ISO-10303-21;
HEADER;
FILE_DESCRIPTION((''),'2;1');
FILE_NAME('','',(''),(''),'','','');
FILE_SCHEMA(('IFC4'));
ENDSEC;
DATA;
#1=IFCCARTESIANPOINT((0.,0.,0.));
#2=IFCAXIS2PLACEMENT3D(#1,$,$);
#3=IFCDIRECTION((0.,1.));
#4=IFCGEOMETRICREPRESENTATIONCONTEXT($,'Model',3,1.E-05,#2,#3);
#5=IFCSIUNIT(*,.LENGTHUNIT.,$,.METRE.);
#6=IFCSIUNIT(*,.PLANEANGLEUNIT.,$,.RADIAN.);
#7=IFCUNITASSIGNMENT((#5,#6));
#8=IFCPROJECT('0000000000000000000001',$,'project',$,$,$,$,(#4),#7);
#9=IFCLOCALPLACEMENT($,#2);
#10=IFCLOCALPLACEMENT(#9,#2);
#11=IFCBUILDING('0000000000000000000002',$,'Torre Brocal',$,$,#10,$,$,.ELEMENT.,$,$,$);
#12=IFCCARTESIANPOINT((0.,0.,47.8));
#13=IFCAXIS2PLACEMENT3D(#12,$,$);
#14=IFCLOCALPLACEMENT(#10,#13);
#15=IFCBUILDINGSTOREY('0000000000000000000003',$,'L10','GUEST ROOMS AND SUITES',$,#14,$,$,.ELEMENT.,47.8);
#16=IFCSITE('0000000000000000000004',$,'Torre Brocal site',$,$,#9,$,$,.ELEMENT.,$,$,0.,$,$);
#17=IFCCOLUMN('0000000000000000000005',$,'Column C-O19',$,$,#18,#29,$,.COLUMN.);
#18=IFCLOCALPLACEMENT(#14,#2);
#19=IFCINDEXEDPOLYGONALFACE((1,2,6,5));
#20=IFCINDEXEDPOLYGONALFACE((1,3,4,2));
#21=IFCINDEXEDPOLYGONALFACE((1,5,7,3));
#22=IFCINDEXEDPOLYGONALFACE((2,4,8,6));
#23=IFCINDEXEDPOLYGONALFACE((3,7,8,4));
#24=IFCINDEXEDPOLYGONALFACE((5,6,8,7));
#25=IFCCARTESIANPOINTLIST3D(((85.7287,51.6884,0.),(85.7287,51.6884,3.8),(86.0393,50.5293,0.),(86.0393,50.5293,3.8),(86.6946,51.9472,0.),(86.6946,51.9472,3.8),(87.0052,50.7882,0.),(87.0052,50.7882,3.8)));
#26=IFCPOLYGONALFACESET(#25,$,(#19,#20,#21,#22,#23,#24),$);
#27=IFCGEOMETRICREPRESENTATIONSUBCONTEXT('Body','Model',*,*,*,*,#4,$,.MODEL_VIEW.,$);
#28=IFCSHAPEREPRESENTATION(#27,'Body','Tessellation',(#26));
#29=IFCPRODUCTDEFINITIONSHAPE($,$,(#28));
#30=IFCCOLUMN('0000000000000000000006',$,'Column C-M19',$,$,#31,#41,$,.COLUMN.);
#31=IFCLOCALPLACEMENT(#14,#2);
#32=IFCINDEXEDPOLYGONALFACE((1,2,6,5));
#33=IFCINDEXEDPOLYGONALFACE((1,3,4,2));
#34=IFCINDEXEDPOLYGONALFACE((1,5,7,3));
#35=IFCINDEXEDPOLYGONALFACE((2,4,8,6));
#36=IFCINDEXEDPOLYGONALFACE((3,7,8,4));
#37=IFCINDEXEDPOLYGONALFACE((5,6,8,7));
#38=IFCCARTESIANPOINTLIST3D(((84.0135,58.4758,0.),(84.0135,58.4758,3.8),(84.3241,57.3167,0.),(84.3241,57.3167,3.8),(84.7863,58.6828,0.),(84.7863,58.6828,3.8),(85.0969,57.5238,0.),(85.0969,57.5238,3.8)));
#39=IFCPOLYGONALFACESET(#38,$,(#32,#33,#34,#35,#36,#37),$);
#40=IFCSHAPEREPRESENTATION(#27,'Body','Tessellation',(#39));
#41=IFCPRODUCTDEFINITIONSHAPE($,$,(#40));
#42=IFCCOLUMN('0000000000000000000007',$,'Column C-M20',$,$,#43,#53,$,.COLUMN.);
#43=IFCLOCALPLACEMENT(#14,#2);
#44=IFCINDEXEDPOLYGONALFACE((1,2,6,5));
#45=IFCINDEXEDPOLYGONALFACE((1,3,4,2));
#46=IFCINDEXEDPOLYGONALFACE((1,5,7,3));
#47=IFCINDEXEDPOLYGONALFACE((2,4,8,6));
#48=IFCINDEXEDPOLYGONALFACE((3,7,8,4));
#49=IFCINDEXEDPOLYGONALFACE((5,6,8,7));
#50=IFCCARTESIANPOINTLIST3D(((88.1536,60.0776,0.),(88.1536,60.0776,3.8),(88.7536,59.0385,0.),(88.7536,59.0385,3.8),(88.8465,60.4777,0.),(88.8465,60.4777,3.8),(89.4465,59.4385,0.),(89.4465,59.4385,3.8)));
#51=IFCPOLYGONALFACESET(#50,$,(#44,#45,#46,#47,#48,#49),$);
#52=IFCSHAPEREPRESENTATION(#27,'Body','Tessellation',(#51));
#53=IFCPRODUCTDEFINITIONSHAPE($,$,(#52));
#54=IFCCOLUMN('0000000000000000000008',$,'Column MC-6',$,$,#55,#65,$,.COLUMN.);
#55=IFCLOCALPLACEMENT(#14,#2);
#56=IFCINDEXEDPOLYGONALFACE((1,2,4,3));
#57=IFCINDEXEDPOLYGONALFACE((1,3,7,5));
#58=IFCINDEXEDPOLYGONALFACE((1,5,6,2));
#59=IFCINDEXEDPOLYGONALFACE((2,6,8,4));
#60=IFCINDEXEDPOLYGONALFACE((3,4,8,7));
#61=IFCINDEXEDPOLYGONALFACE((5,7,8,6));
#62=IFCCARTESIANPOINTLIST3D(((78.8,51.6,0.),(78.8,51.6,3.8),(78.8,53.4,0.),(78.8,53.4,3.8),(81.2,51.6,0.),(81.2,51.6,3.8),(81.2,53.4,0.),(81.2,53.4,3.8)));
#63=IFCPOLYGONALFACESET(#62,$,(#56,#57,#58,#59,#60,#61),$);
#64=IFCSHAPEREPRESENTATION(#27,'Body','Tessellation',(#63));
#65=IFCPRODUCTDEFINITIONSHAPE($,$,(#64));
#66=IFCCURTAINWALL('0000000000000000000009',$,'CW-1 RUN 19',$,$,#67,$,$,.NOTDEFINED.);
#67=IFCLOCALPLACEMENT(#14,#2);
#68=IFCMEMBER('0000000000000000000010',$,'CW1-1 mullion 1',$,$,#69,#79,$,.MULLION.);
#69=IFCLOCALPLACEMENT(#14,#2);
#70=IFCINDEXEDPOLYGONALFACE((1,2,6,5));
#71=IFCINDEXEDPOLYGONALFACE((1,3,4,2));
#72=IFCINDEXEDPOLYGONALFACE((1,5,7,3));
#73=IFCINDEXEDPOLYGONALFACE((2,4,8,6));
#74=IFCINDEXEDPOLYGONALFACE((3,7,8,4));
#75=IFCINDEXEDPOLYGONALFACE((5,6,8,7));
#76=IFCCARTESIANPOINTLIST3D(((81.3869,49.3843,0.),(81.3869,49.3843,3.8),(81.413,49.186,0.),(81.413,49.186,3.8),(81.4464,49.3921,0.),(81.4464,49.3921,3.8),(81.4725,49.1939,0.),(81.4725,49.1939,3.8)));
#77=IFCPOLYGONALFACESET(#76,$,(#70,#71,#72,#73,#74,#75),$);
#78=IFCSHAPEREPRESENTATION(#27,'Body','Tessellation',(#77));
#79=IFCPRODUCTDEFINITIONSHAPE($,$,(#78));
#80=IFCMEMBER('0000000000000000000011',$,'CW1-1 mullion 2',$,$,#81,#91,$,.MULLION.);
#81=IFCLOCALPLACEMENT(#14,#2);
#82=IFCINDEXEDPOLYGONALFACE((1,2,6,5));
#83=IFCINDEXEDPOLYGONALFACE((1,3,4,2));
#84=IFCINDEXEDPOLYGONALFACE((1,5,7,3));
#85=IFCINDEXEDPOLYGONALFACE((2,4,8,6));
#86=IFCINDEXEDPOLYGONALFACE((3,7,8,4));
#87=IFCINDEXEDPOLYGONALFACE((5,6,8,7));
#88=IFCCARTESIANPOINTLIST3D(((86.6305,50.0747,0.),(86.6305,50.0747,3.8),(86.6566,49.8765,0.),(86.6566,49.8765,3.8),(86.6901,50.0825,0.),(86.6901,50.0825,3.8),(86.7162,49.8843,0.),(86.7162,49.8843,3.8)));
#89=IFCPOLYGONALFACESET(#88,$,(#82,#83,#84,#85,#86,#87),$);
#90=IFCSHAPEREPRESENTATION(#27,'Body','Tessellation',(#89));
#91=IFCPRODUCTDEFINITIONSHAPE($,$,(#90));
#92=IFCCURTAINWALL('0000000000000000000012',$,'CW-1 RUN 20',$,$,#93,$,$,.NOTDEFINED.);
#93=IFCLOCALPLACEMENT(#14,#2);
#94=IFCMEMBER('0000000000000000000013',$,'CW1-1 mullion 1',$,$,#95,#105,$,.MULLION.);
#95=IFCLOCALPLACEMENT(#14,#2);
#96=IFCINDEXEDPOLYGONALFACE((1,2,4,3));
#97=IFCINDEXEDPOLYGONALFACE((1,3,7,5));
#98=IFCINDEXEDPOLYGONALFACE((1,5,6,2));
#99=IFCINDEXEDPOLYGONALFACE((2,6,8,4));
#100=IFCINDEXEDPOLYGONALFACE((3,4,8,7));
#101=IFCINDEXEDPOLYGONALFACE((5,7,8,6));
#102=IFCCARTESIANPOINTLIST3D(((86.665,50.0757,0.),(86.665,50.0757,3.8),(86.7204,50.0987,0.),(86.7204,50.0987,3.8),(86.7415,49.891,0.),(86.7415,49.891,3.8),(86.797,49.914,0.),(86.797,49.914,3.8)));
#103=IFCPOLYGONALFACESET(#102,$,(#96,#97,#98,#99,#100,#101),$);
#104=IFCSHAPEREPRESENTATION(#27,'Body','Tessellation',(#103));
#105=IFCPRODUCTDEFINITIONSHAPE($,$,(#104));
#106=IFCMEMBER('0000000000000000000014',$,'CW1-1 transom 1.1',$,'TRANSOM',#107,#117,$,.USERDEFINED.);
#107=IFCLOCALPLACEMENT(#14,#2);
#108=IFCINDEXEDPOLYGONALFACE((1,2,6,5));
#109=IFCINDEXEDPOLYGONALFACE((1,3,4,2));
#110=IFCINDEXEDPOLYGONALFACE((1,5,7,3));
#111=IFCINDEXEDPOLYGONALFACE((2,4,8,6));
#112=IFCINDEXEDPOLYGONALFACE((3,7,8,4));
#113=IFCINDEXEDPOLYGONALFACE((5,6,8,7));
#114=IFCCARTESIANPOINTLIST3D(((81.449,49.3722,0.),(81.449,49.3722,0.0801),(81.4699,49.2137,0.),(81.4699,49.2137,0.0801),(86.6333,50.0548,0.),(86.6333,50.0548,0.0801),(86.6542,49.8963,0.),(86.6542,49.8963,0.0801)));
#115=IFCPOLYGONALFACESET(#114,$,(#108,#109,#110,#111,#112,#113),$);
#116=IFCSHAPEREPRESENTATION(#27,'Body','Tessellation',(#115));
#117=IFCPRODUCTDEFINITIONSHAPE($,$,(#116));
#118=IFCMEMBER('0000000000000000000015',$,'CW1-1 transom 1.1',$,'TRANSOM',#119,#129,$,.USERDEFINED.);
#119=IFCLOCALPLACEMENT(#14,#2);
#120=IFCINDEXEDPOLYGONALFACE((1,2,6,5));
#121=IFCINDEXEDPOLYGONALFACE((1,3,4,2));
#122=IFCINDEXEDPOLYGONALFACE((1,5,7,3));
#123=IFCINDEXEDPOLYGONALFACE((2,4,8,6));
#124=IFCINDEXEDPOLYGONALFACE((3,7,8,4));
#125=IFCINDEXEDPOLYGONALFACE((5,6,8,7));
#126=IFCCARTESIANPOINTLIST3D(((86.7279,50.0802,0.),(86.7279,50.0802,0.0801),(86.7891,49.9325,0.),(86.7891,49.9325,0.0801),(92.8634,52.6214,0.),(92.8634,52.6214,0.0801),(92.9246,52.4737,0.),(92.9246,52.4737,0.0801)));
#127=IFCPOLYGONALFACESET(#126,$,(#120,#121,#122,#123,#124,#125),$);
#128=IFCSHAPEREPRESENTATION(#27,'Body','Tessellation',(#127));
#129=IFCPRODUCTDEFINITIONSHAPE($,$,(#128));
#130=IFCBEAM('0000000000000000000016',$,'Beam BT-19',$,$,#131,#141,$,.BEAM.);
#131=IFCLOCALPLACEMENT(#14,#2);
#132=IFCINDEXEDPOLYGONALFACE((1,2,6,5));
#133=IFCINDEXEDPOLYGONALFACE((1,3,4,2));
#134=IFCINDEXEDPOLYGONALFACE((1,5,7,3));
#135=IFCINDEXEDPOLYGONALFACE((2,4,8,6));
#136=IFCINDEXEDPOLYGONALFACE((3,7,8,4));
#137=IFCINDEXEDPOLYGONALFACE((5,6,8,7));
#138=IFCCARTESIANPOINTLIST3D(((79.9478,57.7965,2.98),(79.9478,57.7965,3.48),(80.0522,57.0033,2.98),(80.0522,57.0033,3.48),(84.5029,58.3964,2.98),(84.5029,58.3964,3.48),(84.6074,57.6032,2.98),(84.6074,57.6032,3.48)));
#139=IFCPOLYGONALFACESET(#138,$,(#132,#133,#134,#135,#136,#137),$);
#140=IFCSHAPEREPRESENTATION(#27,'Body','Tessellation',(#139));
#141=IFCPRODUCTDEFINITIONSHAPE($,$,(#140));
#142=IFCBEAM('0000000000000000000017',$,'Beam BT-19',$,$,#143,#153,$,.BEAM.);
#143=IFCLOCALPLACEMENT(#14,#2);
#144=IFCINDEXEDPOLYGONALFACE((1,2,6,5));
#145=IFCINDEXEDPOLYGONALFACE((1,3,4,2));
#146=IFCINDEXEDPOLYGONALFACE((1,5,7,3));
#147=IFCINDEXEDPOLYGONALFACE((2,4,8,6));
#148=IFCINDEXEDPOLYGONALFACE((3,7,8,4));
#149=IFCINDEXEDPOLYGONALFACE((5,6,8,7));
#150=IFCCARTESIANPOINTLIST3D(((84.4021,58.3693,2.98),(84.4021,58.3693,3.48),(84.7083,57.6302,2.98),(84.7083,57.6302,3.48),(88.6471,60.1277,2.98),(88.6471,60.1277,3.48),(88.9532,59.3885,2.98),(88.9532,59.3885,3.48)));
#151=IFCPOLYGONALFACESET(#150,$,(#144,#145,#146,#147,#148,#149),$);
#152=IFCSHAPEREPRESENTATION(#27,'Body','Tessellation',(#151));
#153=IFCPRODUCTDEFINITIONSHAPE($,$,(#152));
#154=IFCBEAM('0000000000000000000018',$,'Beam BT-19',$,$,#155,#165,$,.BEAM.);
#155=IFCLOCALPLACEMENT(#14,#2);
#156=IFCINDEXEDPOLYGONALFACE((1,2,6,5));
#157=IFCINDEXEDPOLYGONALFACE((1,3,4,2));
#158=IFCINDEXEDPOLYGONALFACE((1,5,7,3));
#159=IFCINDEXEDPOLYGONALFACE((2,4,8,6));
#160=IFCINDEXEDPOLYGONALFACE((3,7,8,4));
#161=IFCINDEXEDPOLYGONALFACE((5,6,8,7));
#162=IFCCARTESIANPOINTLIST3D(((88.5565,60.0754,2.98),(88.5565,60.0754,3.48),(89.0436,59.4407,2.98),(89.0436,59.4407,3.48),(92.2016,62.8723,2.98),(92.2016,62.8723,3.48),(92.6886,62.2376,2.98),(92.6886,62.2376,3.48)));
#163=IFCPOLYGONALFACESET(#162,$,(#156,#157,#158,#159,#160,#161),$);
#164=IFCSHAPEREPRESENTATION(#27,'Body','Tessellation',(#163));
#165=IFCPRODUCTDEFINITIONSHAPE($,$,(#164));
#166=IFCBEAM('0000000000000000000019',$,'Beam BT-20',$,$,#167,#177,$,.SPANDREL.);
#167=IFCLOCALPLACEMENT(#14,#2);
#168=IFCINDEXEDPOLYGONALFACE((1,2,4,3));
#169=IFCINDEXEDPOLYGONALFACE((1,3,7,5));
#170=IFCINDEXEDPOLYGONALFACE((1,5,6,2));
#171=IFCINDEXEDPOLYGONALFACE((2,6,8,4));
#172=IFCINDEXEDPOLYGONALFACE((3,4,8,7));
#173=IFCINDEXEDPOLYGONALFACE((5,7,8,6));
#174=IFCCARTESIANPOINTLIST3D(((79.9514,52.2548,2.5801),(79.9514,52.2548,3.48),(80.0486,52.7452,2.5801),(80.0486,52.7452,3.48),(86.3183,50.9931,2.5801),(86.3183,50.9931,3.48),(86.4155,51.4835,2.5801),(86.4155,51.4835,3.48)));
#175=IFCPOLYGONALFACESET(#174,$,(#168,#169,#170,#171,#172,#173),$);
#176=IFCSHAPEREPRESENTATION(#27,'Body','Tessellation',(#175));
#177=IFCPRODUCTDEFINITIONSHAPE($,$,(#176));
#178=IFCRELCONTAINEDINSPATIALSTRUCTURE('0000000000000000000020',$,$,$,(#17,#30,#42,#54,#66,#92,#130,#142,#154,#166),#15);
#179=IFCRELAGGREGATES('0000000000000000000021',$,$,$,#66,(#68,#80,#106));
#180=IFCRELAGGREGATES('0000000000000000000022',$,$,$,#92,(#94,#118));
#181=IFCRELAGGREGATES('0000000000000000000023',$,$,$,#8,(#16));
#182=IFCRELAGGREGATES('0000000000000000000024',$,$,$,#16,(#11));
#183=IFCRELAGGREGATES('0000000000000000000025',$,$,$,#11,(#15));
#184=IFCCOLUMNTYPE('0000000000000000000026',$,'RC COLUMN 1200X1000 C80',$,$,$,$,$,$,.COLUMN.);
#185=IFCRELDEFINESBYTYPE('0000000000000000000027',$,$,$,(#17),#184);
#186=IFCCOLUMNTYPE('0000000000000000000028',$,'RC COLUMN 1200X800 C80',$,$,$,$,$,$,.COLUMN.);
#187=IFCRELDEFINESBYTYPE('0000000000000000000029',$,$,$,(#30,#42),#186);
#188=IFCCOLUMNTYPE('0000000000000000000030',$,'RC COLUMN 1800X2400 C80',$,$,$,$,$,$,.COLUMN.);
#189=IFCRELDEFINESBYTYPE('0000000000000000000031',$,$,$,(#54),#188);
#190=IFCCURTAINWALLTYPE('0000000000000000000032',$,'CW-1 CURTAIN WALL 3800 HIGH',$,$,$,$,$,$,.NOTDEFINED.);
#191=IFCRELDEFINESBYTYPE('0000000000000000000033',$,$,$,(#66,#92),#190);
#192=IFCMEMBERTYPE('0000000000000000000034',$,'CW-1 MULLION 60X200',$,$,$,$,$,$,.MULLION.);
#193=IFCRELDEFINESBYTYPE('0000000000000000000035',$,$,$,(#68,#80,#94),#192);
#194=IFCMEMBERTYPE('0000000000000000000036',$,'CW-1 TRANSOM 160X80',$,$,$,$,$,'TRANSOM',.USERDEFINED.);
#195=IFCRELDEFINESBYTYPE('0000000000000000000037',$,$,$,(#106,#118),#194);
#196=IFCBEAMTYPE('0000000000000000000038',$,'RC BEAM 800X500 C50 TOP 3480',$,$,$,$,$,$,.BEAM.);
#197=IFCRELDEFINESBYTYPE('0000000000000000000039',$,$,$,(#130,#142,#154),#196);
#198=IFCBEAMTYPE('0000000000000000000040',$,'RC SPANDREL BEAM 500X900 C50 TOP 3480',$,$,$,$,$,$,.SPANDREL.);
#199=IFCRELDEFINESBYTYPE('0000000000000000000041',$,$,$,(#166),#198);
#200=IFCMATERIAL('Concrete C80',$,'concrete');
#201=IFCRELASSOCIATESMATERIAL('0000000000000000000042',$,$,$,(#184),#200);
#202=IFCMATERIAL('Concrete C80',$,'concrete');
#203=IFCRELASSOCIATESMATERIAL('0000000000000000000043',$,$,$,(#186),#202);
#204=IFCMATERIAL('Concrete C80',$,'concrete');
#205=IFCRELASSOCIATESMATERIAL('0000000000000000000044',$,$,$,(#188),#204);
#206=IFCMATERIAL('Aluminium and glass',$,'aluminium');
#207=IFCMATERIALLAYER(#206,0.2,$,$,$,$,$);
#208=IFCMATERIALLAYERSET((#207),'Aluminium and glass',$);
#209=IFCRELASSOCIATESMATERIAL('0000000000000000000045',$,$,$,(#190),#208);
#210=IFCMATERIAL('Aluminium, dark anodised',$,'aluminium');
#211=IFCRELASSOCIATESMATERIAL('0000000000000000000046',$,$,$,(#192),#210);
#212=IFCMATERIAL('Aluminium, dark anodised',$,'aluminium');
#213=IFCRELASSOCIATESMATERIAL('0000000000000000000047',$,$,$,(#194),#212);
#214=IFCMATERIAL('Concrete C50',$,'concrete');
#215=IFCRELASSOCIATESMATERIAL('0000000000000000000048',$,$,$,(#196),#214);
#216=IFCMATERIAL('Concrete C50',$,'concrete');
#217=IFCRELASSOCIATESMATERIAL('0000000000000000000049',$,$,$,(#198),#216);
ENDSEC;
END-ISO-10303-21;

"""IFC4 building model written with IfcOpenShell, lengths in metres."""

from ifc_helpers import new_model, si_unit, direction, frame, origin, origin_2d, place, context, subcontext, project, spatial, rectangle, extrude, material, layer, layer_set, material_profile, profile_set, type_object, element, aggregate, save


model = new_model("IFC4")

# Units and contexts
model_context = context("Model", 3, precision=1e-05, world=origin(), true_north=direction((0.0, 1.0)))
body_context = subcontext(model_context, "Body", "Model", "MODEL_VIEW")
ifc_project = project(units=[si_unit("LENGTHUNIT", "METRE"), si_unit("PLANEANGLEUNIT", "RADIAN")], contexts=[model_context])

# Site, building, storey
site_placement = place(None, origin())
site = spatial("IfcSite", under=ifc_project, at=site_placement, Name="Torre Brocal site", CompositionType="ELEMENT", RefElevation=0.0)
building_placement = place(site_placement, origin())
building = spatial("IfcBuilding", under=site, at=building_placement, Name="Torre Brocal", CompositionType="ELEMENT")
storey_placement = place(building_placement, frame((0.0, 0.0, 47.8)))
storey = spatial("IfcBuildingStorey", under=building, at=storey_placement, Name="L10", Description="GUEST ROOMS AND SUITES", CompositionType="ELEMENT", Elevation=47.8)

# Columns
ifc_material_1 = material(Name="Concrete C80", Category="concrete")
ifc_material_profile_1 = material_profile(ifc_material_1, rectangle(XDim=1.2, YDim=1.0, at=origin_2d()), Name="RC 1200X1000")
ifc_profile_set_1 = profile_set([ifc_material_profile_1], Name="Concrete C80")
column_type_1 = type_object("IfcColumnType", Name="RC COLUMN 1200X1000 C80", PredefinedType="COLUMN", material=ifc_profile_set_1)
column_1_placement = place(storey_placement, frame((86.3669, 51.2383, 0.0), z_axis=(0.0, 0.0, 1.0), x_axis=(0.258819, -0.965926, 0.0)))
element("IfcColumn", 1, at=column_1_placement, inside=storey, type_object=column_type_1, Name="Column C-O19", PredefinedType="COLUMN", context=body_context, shape_type="SweptSolid", body=[
    extrude(rectangle(XDim=1.2, YDim=1.0, at=origin_2d()), origin(), (0.0, 0.0, 1.0), 3.8),
])
ifc_material_2 = material(Name="Concrete C80", Category="concrete")
ifc_material_profile_2 = material_profile(ifc_material_2, rectangle(XDim=1.2, YDim=0.8, at=origin_2d()), Name="RC 1200X800")
ifc_profile_set_2 = profile_set([ifc_material_profile_2], Name="Concrete C80")
column_type_2 = type_object("IfcColumnType", Name="RC COLUMN 1200X800 C80", PredefinedType="COLUMN", material=ifc_profile_set_2)
for number, where, z_axis, x_axis, name in (
    (2, (84.5552, 57.9998, 0.0), (0.0, 0.0, 1.0), (0.258819, -0.965926, 0.0), "Column C-M19"),
    (3, (88.8, 59.7581, 0.0), (0.0, 0.0, 1.0), (0.5, -0.866025, 0.0), "Column C-M20"),
):
    element("IfcColumn", number, at=place(storey_placement, frame(where, z_axis=z_axis, x_axis=x_axis)), inside=storey, type_object=column_type_2, Name=name, PredefinedType="COLUMN", context=body_context, shape_type="SweptSolid", body=[
        extrude(rectangle(XDim=1.2, YDim=0.8, at=origin_2d()), origin(), (0.0, 0.0, 1.0), 3.8),
    ])
ifc_material_3 = material(Name="Concrete C80", Category="concrete")
ifc_material_profile_3 = material_profile(ifc_material_3, rectangle(XDim=1.8, YDim=2.3999, at=origin_2d()), Name="RC 1800X2400")
ifc_profile_set_3 = profile_set([ifc_material_profile_3], Name="Concrete C80")
column_type_3 = type_object("IfcColumnType", Name="RC COLUMN 1800X2400 C80", PredefinedType="COLUMN", material=ifc_profile_set_3)
column_2_placement = place(storey_placement, frame((80.0, 52.5, 0.0), z_axis=(0.0, 0.0, 1.0), x_axis=(0.0, -1.0, 0.0)))
element("IfcColumn", 4, at=column_2_placement, inside=storey, type_object=column_type_3, Name="Column MC-6", PredefinedType="COLUMN", context=body_context, shape_type="SweptSolid", body=[
    extrude(rectangle(XDim=1.8, YDim=2.3999, at=origin_2d()), origin(), (0.0, 0.0, 1.0), 3.8),
])

# Curtain wall, members
ifc_material_4 = material(Name="Aluminium and glass", Category="aluminium")
ifc_layer_1 = layer(ifc_material_4, 0.2)
ifc_layer_set_1 = layer_set([ifc_layer_1], Name="Aluminium and glass")
curtain_wall_type = type_object("IfcCurtainWallType", Name="CW-1 CURTAIN WALL 3800 HIGH", PredefinedType="NOTDEFINED", material=ifc_layer_set_1)
curtain_wall_1_placement = place(storey_placement, origin())
curtain_wall_1 = element("IfcCurtainWall", 5, at=curtain_wall_1_placement, inside=storey, type_object=curtain_wall_type, Name="CW-1 RUN 19", PredefinedType="NOTDEFINED")
ifc_material_5 = material(Name="Aluminium, dark anodised", Category="aluminium")
ifc_material_profile_4 = material_profile(ifc_material_5, rectangle(XDim=0.2, YDim=0.0601, at=origin_2d()), Name="CW-1 MULLION 60X200")
ifc_profile_set_4 = profile_set([ifc_material_profile_4], Name="Aluminium, dark anodised")
member_type_1 = type_object("IfcMemberType", Name="CW-1 MULLION 60X200", PredefinedType="MULLION", material=ifc_profile_set_4)
member_1_placement = place(storey_placement, frame((81.4297, 49.2891, 0.0), z_axis=(0.0, 0.0, 1.0), x_axis=(-0.130526, 0.991445, 0.0)))
member_1 = element("IfcMember", 6, at=member_1_placement, type_object=member_type_1, Name="CW1-1 mullion 1", PredefinedType="MULLION", context=body_context, shape_type="SweptSolid", body=[
    extrude(rectangle(XDim=0.2, YDim=0.0601, at=origin_2d()), origin(), (0.0, 0.0, 1.0), 3.8),
])
member_2_placement = place(storey_placement, frame((86.6733, 49.9795, 0.0), z_axis=(0.0, 0.0, 1.0), x_axis=(-0.130526, 0.991445, 0.0)))
member_2 = element("IfcMember", 7, at=member_2_placement, type_object=member_type_1, Name="CW1-1 mullion 2", PredefinedType="MULLION", context=body_context, shape_type="SweptSolid", body=[
    extrude(rectangle(XDim=0.2, YDim=0.0601, at=origin_2d()), origin(), (0.0, 0.0, 1.0), 3.8),
])

# Curtain wall, member
curtain_wall_2_placement = place(storey_placement, origin())
curtain_wall_2 = element("IfcCurtainWall", 8, at=curtain_wall_2_placement, inside=storey, type_object=curtain_wall_type, Name="CW-1 RUN 20", PredefinedType="NOTDEFINED")
member_3_placement = place(storey_placement, frame((86.731, 49.9949, 0.0), z_axis=(0.0, 0.0, 1.0), x_axis=(-0.382683, 0.92388, 0.0)))
member_3 = element("IfcMember", 9, at=member_3_placement, type_object=member_type_1, Name="CW1-1 mullion 1", PredefinedType="MULLION", context=body_context, shape_type="SweptSolid", body=[
    extrude(rectangle(XDim=0.2, YDim=0.0601, at=origin_2d()), origin(), (0.0, 0.0, 1.0), 3.8),
])

# Members
ifc_material_6 = material(Name="Aluminium, dark anodised", Category="aluminium")
ifc_material_profile_5 = material_profile(ifc_material_6, rectangle(XDim=0.1599, YDim=0.0801, at=origin_2d()), Name="CW-1 TRANSOM 160X80")
ifc_profile_set_5 = profile_set([ifc_material_profile_5], Name="Aluminium, dark anodised")
member_type_2 = type_object("IfcMemberType", Name="CW-1 TRANSOM 160X80", ElementType="TRANSOM", PredefinedType="USERDEFINED", material=ifc_profile_set_5)
member_4_placement = place(storey_placement, frame((81.4595, 49.293, 0.04), z_axis=(0.991443, 0.130543, 0.0), x_axis=(-0.130543, 0.991443, 0.0)))
member_4 = element("IfcMember", 10, at=member_4_placement, type_object=member_type_2, Name="CW1-1 transom 1.1", ObjectType="TRANSOM", PredefinedType="USERDEFINED", context=body_context, shape_type="SweptSolid", body=[
    extrude(rectangle(XDim=0.1599, YDim=0.0801, at=origin_2d()), origin(), (0.0, 0.0, 1.0), 5.229),
])
member_5_placement = place(storey_placement, frame((86.7585, 50.0063, 0.04), z_axis=(0.923887, 0.382665, 0.0), x_axis=(-0.382665, 0.923887, 0.0)))
member_5 = element("IfcMember", 11, at=member_5_placement, type_object=member_type_2, Name="CW1-1 transom 1.1", ObjectType="TRANSOM", PredefinedType="USERDEFINED", context=body_context, shape_type="SweptSolid", body=[
    extrude(rectangle(XDim=0.1599, YDim=0.0801, at=origin_2d()), origin(), (0.0, 0.0, 1.0), 6.6409),
])

# Beams
ifc_material_7 = material(Name="Concrete C50", Category="concrete")
ifc_material_profile_6 = material_profile(ifc_material_7, rectangle(XDim=0.8, YDim=0.5, at=origin_2d()), Name="RC 800X500")
ifc_profile_set_6 = profile_set([ifc_material_profile_6], Name="Concrete C50")
beam_type_1 = type_object("IfcBeamType", Name="RC BEAM 800X500 C50 TOP 3480", PredefinedType="BEAM", material=ifc_profile_set_6)
beam_1_placement = place(storey_placement, frame((80.0, 57.3999, 3.23), z_axis=(0.991441, 0.130559, 0.0), x_axis=(-0.130559, 0.991441, 0.0)))
element("IfcBeam", 12, at=beam_1_placement, inside=storey, type_object=beam_type_1, Name="Beam BT-19", PredefinedType="BEAM", context=body_context, shape_type="SweptSolid", body=[
    extrude(rectangle(XDim=0.8, YDim=0.5, at=origin_2d()), origin(), (0.0, 0.0, 1.0), 4.5945),
])
beam_2_placement = place(storey_placement, frame((84.5552, 57.9998, 3.23), z_axis=(0.923878, 0.382687, 0.0), x_axis=(-0.382687, 0.923878, 0.0)))
element("IfcBeam", 13, at=beam_2_placement, inside=storey, type_object=beam_type_1, Name="Beam BT-19", PredefinedType="BEAM", context=body_context, shape_type="SweptSolid", body=[
    extrude(rectangle(XDim=0.8, YDim=0.5, at=origin_2d()), origin(), (0.0, 0.0, 1.0), 4.5947),
])
beam_3_placement = place(storey_placement, frame((88.8, 59.7581, 3.23), z_axis=(0.793358, 0.608755, 0.0), x_axis=(-0.608755, 0.793358, 0.0)))
element("IfcBeam", 14, at=beam_3_placement, inside=storey, type_object=beam_type_1, Name="Beam BT-19", PredefinedType="BEAM", context=body_context, shape_type="SweptSolid", body=[
    extrude(rectangle(XDim=0.8, YDim=0.5, at=origin_2d()), origin(), (0.0, 0.0, 1.0), 4.5945),
])
ifc_material_8 = material(Name="Concrete C50", Category="concrete")
ifc_material_profile_7 = material_profile(ifc_material_8, rectangle(XDim=0.5, YDim=0.8999, at=origin_2d()), Name="RC 500X900")
ifc_profile_set_7 = profile_set([ifc_material_profile_7], Name="Concrete C50")
beam_type_2 = type_object("IfcBeamType", Name="RC SPANDREL BEAM 500X900 C50 TOP 3480", PredefinedType="SPANDREL", material=ifc_profile_set_7)
beam_4_placement = place(storey_placement, frame((80.0, 52.5, 3.03), z_axis=(0.980925, -0.194387, 0.0), x_axis=(0.194387, 0.980925, 0.0)))
element("IfcBeam", 15, at=beam_4_placement, inside=storey, type_object=beam_type_2, Name="Beam BT-20", PredefinedType="SPANDREL", context=body_context, shape_type="SweptSolid", body=[
    extrude(rectangle(XDim=0.5, YDim=0.8999, at=origin_2d()), origin(), (0.0, 0.0, 1.0), 6.4907),
])

aggregate(curtain_wall_1, [member_1, member_2, member_4])
aggregate(curtain_wall_2, [member_3, member_5])

save(model, "model.ifc")
